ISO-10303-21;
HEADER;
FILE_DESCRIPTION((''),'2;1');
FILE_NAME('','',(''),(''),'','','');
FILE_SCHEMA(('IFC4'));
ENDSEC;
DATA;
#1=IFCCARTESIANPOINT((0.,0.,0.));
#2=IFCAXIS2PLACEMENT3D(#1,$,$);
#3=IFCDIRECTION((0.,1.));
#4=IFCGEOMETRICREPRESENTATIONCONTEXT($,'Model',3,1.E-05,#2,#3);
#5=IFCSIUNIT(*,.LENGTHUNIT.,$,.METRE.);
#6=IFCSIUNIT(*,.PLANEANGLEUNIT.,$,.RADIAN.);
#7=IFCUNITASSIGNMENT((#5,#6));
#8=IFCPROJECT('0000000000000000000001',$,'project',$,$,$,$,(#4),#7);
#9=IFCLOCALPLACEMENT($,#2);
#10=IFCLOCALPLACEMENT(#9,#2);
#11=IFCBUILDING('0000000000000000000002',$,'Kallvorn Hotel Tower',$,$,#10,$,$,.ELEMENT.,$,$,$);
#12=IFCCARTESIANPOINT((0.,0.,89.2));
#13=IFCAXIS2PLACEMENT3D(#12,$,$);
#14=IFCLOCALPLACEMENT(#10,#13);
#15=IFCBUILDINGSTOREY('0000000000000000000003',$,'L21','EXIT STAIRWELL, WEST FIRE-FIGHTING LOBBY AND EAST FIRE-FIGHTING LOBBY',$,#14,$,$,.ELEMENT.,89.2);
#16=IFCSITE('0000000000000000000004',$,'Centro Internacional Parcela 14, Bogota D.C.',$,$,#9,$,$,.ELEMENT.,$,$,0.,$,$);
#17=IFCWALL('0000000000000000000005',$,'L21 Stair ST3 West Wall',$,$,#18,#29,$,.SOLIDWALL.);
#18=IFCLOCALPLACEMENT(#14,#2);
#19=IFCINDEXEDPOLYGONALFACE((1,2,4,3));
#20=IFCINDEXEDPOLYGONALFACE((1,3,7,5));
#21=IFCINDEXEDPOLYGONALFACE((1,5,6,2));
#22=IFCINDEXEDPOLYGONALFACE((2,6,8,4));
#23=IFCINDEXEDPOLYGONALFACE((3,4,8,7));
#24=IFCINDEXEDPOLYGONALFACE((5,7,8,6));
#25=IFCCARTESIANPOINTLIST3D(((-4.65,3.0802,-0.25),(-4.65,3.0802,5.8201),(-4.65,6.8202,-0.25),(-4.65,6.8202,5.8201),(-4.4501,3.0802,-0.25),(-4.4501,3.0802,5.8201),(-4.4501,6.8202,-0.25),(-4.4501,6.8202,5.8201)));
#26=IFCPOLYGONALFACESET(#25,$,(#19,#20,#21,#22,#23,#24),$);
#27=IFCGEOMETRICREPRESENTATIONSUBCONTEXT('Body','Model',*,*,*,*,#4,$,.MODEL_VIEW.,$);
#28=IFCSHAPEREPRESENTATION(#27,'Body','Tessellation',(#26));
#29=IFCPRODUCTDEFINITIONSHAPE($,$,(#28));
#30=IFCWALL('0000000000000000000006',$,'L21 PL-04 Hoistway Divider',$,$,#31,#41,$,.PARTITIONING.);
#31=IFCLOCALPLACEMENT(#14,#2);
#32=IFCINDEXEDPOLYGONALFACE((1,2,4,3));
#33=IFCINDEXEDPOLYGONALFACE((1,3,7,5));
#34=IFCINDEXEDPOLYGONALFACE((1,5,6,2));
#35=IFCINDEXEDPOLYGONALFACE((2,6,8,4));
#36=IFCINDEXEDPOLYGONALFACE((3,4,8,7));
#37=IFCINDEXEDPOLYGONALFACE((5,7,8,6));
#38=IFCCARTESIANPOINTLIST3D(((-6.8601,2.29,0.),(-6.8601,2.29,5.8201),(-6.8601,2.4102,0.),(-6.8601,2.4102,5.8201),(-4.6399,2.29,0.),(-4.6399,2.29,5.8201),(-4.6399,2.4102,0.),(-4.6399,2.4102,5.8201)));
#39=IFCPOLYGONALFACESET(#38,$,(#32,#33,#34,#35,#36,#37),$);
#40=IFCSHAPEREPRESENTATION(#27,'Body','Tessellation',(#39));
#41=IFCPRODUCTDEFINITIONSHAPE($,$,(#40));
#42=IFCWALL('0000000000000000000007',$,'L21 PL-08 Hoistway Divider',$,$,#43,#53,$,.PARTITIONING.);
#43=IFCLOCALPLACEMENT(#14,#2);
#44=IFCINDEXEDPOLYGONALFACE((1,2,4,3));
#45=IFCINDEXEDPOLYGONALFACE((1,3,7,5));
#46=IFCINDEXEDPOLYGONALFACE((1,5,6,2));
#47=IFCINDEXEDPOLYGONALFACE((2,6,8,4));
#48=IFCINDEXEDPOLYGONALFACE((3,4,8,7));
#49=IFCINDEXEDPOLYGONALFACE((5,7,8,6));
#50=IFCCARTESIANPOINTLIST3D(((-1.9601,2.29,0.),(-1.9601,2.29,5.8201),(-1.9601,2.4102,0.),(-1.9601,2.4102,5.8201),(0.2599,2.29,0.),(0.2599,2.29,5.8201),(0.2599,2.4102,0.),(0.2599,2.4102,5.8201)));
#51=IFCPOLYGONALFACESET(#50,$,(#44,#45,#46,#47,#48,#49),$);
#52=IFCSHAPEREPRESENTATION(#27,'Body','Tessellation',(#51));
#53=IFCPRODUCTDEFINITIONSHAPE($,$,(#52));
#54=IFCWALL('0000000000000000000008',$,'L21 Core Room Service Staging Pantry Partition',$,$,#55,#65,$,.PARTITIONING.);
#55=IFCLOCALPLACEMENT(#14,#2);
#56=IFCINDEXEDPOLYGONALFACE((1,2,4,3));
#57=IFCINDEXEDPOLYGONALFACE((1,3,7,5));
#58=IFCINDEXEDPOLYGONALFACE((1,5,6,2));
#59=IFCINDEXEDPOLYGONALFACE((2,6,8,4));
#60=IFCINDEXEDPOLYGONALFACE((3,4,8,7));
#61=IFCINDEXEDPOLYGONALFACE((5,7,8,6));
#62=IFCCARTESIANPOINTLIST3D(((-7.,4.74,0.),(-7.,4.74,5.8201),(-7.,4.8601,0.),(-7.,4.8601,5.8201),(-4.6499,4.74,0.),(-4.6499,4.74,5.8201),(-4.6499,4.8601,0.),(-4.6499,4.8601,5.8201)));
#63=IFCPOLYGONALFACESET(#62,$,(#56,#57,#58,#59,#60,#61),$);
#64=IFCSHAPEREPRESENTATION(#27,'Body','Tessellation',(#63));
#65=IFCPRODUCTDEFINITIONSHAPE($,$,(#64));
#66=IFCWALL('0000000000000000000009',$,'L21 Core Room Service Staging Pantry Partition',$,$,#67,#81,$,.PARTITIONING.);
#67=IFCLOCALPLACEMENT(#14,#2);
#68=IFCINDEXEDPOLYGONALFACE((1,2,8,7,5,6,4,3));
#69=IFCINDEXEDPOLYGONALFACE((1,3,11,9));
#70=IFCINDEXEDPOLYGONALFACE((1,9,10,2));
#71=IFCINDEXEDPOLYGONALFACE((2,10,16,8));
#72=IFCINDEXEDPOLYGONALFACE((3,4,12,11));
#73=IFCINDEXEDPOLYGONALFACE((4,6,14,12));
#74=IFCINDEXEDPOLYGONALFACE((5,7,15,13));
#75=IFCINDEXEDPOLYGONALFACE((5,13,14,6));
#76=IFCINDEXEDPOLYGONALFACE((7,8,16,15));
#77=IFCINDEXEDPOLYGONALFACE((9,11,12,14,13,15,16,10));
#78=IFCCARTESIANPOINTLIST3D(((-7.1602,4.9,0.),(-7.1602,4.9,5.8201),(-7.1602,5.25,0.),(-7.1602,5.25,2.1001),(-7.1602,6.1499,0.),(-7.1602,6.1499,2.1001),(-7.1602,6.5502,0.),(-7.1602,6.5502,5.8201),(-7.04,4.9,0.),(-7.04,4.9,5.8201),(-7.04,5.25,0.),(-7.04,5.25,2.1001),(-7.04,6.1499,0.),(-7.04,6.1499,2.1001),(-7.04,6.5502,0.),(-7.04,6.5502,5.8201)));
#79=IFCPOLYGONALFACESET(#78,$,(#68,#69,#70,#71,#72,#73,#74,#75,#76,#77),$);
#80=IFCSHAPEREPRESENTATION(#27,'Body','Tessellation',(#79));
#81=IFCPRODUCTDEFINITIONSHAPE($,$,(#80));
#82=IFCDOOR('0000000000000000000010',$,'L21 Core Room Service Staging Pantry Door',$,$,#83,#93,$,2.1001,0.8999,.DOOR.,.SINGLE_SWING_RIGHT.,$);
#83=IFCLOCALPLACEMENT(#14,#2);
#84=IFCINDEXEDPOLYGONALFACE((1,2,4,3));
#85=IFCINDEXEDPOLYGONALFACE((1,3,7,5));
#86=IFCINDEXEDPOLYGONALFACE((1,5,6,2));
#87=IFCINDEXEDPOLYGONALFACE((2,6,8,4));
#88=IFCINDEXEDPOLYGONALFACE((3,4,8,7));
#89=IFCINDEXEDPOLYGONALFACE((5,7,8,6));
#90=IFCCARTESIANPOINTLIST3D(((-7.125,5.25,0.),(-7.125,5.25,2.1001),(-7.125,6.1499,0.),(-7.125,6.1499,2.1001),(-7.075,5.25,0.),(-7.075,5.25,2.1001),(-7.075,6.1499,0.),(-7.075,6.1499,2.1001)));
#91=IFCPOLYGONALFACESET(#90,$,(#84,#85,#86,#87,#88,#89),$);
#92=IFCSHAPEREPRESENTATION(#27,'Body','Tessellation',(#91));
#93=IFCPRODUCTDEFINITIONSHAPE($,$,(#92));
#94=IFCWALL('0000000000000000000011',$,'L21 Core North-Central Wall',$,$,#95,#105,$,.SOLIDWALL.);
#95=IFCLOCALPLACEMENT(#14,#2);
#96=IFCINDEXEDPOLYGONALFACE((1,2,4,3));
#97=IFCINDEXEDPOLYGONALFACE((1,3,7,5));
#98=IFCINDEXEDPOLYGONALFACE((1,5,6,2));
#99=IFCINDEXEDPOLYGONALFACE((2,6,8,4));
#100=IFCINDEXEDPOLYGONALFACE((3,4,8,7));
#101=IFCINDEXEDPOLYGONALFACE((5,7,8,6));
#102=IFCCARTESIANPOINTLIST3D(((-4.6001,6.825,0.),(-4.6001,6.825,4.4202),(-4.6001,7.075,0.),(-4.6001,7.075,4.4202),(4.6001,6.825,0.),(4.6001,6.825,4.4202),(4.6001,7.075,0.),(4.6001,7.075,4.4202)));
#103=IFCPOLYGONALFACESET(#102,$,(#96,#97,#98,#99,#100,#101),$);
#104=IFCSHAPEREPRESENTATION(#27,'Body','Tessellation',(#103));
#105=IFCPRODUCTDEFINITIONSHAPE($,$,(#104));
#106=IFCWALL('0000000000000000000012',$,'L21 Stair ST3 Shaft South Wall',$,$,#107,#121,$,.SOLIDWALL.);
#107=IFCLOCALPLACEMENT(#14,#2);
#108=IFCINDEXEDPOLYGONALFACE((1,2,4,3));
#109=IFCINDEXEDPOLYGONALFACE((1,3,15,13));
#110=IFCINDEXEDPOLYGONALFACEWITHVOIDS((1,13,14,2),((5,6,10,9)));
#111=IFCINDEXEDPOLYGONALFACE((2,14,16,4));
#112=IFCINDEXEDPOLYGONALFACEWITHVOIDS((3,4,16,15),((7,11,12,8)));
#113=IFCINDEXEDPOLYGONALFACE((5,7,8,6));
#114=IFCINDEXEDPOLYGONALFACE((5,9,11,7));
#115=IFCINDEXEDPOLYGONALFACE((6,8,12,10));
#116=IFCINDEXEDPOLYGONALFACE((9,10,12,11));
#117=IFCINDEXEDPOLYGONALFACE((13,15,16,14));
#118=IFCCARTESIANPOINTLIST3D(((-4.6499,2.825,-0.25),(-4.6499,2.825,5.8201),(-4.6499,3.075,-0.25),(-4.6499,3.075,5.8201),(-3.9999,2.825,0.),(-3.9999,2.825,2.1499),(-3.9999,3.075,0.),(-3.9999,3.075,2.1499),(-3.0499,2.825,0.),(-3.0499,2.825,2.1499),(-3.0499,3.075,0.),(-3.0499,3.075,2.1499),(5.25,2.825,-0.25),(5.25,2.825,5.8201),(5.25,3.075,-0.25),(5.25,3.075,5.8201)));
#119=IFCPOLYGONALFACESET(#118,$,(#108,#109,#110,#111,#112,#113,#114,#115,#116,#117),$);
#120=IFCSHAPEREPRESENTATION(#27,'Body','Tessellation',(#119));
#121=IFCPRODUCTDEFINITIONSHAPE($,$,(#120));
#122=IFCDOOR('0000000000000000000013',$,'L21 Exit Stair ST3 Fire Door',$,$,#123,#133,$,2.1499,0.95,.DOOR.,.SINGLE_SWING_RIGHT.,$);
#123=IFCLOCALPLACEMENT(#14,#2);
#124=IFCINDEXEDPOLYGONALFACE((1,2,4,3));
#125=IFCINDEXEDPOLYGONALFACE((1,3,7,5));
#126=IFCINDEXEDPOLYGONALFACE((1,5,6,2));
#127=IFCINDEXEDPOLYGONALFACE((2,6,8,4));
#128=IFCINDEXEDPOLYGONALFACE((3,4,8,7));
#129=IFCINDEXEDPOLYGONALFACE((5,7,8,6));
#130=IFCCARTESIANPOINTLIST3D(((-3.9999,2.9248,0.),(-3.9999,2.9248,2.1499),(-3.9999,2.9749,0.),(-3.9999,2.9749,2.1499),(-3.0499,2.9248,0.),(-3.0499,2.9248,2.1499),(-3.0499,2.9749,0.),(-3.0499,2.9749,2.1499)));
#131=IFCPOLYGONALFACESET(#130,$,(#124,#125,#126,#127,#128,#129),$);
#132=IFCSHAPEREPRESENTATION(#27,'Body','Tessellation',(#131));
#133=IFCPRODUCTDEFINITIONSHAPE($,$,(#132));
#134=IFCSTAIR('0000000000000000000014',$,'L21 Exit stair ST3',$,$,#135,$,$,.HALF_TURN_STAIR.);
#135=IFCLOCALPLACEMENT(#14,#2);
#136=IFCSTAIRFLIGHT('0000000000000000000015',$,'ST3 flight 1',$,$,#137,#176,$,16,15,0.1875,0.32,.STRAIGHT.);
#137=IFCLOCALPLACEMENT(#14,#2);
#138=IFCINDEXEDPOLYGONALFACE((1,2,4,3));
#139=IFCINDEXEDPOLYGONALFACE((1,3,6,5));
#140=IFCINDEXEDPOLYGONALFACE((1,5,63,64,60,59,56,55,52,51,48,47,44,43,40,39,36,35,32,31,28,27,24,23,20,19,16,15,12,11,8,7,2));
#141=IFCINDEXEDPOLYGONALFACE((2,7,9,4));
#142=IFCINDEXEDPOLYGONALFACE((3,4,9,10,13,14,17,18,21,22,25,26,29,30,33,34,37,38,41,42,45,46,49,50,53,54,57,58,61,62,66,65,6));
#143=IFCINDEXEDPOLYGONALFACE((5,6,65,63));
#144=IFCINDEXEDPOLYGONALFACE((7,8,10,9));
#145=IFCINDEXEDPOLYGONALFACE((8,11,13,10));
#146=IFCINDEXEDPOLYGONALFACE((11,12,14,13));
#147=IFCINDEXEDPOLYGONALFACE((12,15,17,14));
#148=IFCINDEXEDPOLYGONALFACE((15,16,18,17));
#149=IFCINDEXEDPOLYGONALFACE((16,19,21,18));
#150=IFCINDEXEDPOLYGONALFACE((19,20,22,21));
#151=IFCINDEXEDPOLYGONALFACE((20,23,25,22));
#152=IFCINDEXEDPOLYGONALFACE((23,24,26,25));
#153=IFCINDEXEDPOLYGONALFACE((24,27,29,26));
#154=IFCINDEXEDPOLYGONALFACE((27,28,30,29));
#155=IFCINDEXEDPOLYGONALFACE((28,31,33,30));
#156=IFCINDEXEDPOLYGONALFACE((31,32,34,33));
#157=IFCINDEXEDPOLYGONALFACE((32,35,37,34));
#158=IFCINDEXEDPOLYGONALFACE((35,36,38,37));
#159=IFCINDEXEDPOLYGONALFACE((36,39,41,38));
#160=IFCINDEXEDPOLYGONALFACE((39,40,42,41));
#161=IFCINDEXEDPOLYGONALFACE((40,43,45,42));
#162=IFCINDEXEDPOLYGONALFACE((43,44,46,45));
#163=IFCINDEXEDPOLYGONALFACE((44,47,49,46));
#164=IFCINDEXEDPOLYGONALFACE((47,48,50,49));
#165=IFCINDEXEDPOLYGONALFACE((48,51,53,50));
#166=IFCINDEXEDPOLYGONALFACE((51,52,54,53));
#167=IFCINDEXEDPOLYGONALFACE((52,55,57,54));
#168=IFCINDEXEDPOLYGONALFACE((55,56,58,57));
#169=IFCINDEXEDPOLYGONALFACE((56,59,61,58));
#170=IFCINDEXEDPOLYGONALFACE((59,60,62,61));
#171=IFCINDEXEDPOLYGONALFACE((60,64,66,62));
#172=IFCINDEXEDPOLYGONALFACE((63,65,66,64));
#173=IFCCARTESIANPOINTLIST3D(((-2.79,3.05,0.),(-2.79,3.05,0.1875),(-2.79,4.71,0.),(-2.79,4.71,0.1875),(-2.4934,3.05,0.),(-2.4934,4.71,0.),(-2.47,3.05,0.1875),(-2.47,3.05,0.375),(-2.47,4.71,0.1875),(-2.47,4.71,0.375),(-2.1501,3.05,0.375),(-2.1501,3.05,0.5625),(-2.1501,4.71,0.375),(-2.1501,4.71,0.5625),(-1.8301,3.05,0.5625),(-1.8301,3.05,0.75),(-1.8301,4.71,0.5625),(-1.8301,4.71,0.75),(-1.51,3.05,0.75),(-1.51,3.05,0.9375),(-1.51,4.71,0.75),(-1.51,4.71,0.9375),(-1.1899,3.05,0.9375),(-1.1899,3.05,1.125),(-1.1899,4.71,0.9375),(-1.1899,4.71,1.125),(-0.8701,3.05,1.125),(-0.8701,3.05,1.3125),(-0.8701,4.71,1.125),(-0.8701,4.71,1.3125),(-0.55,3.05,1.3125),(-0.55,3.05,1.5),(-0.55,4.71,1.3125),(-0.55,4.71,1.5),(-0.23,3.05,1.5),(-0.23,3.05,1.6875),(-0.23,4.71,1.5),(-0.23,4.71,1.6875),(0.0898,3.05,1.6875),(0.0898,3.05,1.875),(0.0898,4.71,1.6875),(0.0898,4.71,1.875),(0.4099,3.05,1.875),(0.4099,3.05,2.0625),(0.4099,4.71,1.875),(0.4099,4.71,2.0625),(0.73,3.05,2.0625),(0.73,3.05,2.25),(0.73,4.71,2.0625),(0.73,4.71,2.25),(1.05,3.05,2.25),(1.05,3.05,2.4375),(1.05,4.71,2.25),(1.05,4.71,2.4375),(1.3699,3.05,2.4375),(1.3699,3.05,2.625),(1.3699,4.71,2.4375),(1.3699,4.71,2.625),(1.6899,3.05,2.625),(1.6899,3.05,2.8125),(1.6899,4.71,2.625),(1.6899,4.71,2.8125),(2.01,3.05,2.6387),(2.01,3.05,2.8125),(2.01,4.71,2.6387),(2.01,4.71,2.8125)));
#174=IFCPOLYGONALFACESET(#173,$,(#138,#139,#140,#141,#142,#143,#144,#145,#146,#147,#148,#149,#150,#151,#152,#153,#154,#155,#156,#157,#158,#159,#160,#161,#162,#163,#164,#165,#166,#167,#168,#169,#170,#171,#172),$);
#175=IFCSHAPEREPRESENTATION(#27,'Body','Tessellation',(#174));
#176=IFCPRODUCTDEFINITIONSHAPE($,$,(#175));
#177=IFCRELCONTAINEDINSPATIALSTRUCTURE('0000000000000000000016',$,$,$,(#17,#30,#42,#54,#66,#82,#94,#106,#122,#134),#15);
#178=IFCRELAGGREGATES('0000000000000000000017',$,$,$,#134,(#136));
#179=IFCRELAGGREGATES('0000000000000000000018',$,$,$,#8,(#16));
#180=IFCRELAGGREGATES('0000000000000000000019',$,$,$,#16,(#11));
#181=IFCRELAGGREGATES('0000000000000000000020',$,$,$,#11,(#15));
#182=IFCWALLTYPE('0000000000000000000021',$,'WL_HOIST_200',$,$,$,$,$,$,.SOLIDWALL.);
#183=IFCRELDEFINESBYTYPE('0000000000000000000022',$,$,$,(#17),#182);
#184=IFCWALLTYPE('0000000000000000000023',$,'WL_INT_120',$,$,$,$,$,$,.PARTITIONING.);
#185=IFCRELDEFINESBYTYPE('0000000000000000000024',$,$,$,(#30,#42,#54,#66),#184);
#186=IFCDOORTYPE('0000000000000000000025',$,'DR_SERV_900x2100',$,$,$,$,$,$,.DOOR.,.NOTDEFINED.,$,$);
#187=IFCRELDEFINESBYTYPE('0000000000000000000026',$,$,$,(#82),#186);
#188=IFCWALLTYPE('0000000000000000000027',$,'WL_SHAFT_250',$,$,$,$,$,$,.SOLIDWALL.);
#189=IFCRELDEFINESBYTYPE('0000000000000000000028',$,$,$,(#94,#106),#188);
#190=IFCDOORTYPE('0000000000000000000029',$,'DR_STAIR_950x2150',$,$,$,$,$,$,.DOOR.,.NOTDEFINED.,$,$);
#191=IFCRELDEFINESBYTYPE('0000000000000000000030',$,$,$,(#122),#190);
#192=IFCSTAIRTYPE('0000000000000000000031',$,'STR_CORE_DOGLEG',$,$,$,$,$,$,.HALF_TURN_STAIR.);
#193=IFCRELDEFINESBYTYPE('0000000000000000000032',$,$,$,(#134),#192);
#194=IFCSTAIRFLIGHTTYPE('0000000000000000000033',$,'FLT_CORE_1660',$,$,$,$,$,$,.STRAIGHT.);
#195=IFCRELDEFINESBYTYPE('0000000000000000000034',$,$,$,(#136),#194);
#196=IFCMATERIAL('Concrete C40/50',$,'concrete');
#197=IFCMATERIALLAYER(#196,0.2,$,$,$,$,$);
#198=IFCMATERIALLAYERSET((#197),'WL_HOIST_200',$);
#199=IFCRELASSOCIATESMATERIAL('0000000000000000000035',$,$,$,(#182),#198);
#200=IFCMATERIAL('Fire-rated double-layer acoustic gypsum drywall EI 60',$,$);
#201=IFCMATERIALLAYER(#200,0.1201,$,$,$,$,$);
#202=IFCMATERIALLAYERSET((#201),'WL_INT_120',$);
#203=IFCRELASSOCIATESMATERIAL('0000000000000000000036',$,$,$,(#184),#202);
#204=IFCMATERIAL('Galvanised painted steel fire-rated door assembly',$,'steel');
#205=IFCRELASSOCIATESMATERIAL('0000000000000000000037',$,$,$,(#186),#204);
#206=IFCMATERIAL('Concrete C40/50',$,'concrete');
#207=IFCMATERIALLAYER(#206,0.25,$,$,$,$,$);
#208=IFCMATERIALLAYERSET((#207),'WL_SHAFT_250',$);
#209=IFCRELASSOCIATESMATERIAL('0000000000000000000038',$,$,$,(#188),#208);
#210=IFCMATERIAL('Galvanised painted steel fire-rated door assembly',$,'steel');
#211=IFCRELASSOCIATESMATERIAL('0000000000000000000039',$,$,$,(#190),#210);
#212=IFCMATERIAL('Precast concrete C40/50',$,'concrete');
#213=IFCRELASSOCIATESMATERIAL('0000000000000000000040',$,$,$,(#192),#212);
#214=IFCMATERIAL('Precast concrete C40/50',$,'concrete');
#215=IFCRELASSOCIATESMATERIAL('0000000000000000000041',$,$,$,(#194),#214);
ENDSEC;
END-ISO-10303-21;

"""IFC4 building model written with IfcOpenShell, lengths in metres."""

from ifc_helpers import new_model, si_unit, direction, frame, frame_2d, origin, place, context, subcontext, project, spatial, polyline, rectangle, outline, extrude, material, layer, layer_set, type_object, element, fill, aggregate, save


model = new_model("IFC4")

# Units and contexts
model_context = context("Model", 3, precision=1e-05, world=origin(), true_north=direction((0.0, 1.0)))
body_context = subcontext(model_context, "Body", "Model", "MODEL_VIEW")
ifc_project = project(units=[si_unit("LENGTHUNIT", "METRE"), si_unit("PLANEANGLEUNIT", "RADIAN")], contexts=[model_context])

# Site, building, storey
site_placement = place(None, origin())
site = spatial("IfcSite", under=ifc_project, at=site_placement, Name="Centro Internacional Parcela 14, Bogota D.C.", CompositionType="ELEMENT", RefElevation=0.0)
building_placement = place(site_placement, origin())
building = spatial("IfcBuilding", under=site, at=building_placement, Name="Kallvorn Hotel Tower", CompositionType="ELEMENT")
storey_placement = place(building_placement, frame((0.0, 0.0, 89.2)))
storey = spatial("IfcBuildingStorey", under=building, at=storey_placement, Name="L21", Description="EXIT STAIRWELL, WEST FIRE-FIGHTING LOBBY AND EAST FIRE-FIGHTING LOBBY", CompositionType="ELEMENT", Elevation=89.2)

# Walls
ifc_material_1 = material(Name="Concrete C40/50", Category="concrete")
ifc_layer_1 = layer(ifc_material_1, 0.2)
ifc_layer_set_1 = layer_set([ifc_layer_1], Name="WL_HOIST_200")
wall_type_1 = type_object("IfcWallType", Name="WL_HOIST_200", PredefinedType="SOLIDWALL", material=ifc_layer_set_1)
wall_1_placement = place(storey_placement, frame((-4.55, 3.0801, -0.25), z_axis=(0.0, 0.0, 1.0), x_axis=(0.0, 1.0, 0.0)))
element("IfcWall", 1, at=wall_1_placement, inside=storey, type_object=wall_type_1, Name="L21 Stair ST3 West Wall", PredefinedType="SOLIDWALL", context=body_context, shape_type="SweptSolid", body=[
    extrude(rectangle(XDim=3.74, YDim=0.2, at=frame_2d((1.8701, 0.0))), origin(), (0.0, 0.0, 1.0), 6.0701),
])
ifc_material_2 = material(Name="Fire-rated double-layer acoustic gypsum drywall EI 60")
ifc_layer_2 = layer(ifc_material_2, 0.1201)
ifc_layer_set_2 = layer_set([ifc_layer_2], Name="WL_INT_120")
wall_type_2 = type_object("IfcWallType", Name="WL_INT_120", PredefinedType="PARTITIONING", material=ifc_layer_set_2)
wall_2_placement = place(storey_placement, frame((-6.8601, 2.3501, 0.0), z_axis=(0.0, 0.0, 1.0), x_axis=(1.0, 0.0, 0.0)))
element("IfcWall", 2, at=wall_2_placement, inside=storey, type_object=wall_type_2, Name="L21 PL-04 Hoistway Divider", PredefinedType="PARTITIONING", context=body_context, shape_type="SweptSolid", body=[
    extrude(rectangle(XDim=2.2202, YDim=0.1201, at=frame_2d((1.1101, 0.0))), origin(), (0.0, 0.0, 1.0), 5.8201),
])
wall_3_placement = place(storey_placement, frame((-1.96, 2.3501, 0.0), z_axis=(0.0, 0.0, 1.0), x_axis=(1.0, 0.0, 0.0)))
element("IfcWall", 3, at=wall_3_placement, inside=storey, type_object=wall_type_2, Name="L21 PL-08 Hoistway Divider", PredefinedType="PARTITIONING", context=body_context, shape_type="SweptSolid", body=[
    extrude(rectangle(XDim=2.22, YDim=0.1201, at=frame_2d((1.1099, 0.0))), origin(), (0.0, 0.0, 1.0), 5.8201),
])
wall_4_placement = place(storey_placement, frame((-7.0, 4.8, 0.0), z_axis=(0.0, 0.0, 1.0), x_axis=(1.0, 0.0, 0.0)))
element("IfcWall", 4, at=wall_4_placement, inside=storey, type_object=wall_type_2, Name="L21 Core Room Service Staging Pantry Partition", PredefinedType="PARTITIONING", context=body_context, shape_type="SweptSolid", body=[
    extrude(rectangle(XDim=2.3501, YDim=0.1201, at=frame_2d((1.175, 0.0))), origin(), (0.0, 0.0, 1.0), 5.8201),
])

# Wall, opening, door
wall_5_placement = place(storey_placement, frame((-7.1001, 4.8999, 0.0), z_axis=(0.0, 0.0, 1.0), x_axis=(0.0, 1.0, 0.0)))
wall_5 = element("IfcWall", 5, at=wall_5_placement, inside=storey, type_object=wall_type_2, Name="L21 Core Room Service Staging Pantry Partition", PredefinedType="PARTITIONING", context=body_context, shape_type="SweptSolid", body=[
    extrude(rectangle(XDim=1.6501, YDim=0.1201, at=frame_2d((0.8252, 0.0))), origin(), (0.0, 0.0, 1.0), 5.8201),
])
opening_1_placement = place(wall_5_placement, frame((0.3501, 0.0, 0.0)))
opening_1 = element("IfcOpeningElement", 6, at=opening_1_placement, cuts=wall_5, PredefinedType="OPENING", context=body_context, shape_type="SweptSolid", body=[
    extrude(rectangle(XDim=0.8999, YDim=2.1001, at=frame_2d((0.45, 1.05))), frame((0.0, 0.075, 0.0), z_axis=(0.0, -1.0, 0.0), x_axis=(1.0, 0.0, 0.0)), (0.0, 0.0, 1.0), 0.1501),
])
ifc_material_3 = material(Name="Galvanised painted steel fire-rated door assembly", Category="steel")
door_type_1 = type_object("IfcDoorType", Name="DR_SERV_900x2100", OperationType="NOTDEFINED", PredefinedType="DOOR", material=ifc_material_3)
door_1_placement = place(opening_1_placement, origin())
door_1 = element("IfcDoor", 7, at=door_1_placement, inside=storey, type_object=door_type_1, Name="L21 Core Room Service Staging Pantry Door", OperationType="SINGLE_SWING_RIGHT", OverallHeight=2.1001, OverallWidth=0.8999, PredefinedType="DOOR", context=body_context, shape_type="SweptSolid", body=[
    extrude(rectangle(XDim=0.8999, YDim=2.1001, at=frame_2d((0.45, 1.05))), frame((0.0, 0.0249, 0.0), z_axis=(0.0, -1.0, 0.0), x_axis=(1.0, 0.0, 0.0)), (0.0, 0.0, 1.0), 0.05),
])
fill(opening_1, door_1)

# Wall
ifc_material_4 = material(Name="Concrete C40/50", Category="concrete")
ifc_layer_3 = layer(ifc_material_4, 0.25)
ifc_layer_set_3 = layer_set([ifc_layer_3], Name="WL_SHAFT_250")
wall_type_3 = type_object("IfcWallType", Name="WL_SHAFT_250", PredefinedType="SOLIDWALL", material=ifc_layer_set_3)
wall_6_placement = place(storey_placement, frame((-4.6001, 6.95, 0.0), z_axis=(0.0, 0.0, 1.0), x_axis=(1.0, 0.0, 0.0)))
element("IfcWall", 8, at=wall_6_placement, inside=storey, type_object=wall_type_3, Name="L21 Core North-Central Wall", PredefinedType="SOLIDWALL", context=body_context, shape_type="SweptSolid", body=[
    extrude(rectangle(XDim=9.2002, YDim=0.25, at=frame_2d((4.6001, 0.0))), origin(), (0.0, 0.0, 1.0), 4.4202),
])

# Wall, opening, door
wall_7_placement = place(storey_placement, frame((-4.6499, 2.95, -0.25), z_axis=(0.0, 0.0, 1.0), x_axis=(1.0, 0.0, 0.0)))
wall_7 = element("IfcWall", 9, at=wall_7_placement, inside=storey, type_object=wall_type_3, Name="L21 Stair ST3 Shaft South Wall", PredefinedType="SOLIDWALL", context=body_context, shape_type="SweptSolid", body=[
    extrude(rectangle(XDim=9.8999, YDim=0.25, at=frame_2d((4.95, 0.0))), origin(), (0.0, 0.0, 1.0), 6.0701),
])
opening_2_placement = place(wall_7_placement, frame((0.6499, 0.0, 0.25)))
opening_2 = element("IfcOpeningElement", 10, at=opening_2_placement, cuts=wall_7, PredefinedType="OPENING", context=body_context, shape_type="SweptSolid", body=[
    extrude(rectangle(XDim=0.95, YDim=2.1499, at=frame_2d((0.4751, 1.075))), frame((0.0, 0.1399, 0.0), z_axis=(0.0, -1.0, 0.0), x_axis=(1.0, 0.0, 0.0)), (0.0, 0.0, 1.0), 0.28),
])
ifc_material_5 = material(Name="Galvanised painted steel fire-rated door assembly", Category="steel")
door_type_2 = type_object("IfcDoorType", Name="DR_STAIR_950x2150", OperationType="NOTDEFINED", PredefinedType="DOOR", material=ifc_material_5)
door_2_placement = place(opening_2_placement, origin())
door_2 = element("IfcDoor", 11, at=door_2_placement, inside=storey, type_object=door_type_2, Name="L21 Exit Stair ST3 Fire Door", OperationType="SINGLE_SWING_RIGHT", OverallHeight=2.1499, OverallWidth=0.95, PredefinedType="DOOR", context=body_context, shape_type="SweptSolid", body=[
    extrude(rectangle(XDim=0.95, YDim=2.1499, at=frame_2d((0.4751, 1.075))), frame((0.0, 0.0249, 0.0), z_axis=(0.0, -1.0, 0.0), x_axis=(1.0, 0.0, 0.0)), (0.0, 0.0, 1.0), 0.05),
])
fill(opening_2, door_2)

# Stair, stair flight
ifc_material_6 = material(Name="Precast concrete C40/50", Category="concrete")
stair_type = type_object("IfcStairType", Name="STR_CORE_DOGLEG", PredefinedType="HALF_TURN_STAIR", material=ifc_material_6)
stair_placement = place(storey_placement, origin())
stair = element("IfcStair", 12, at=stair_placement, inside=storey, type_object=stair_type, Name="L21 Exit stair ST3", PredefinedType="HALF_TURN_STAIR")
ifc_material_7 = material(Name="Precast concrete C40/50", Category="concrete")
stair_flight_type = type_object("IfcStairFlightType", Name="FLT_CORE_1660", PredefinedType="STRAIGHT", material=ifc_material_7)
stair_flight_placement = place(storey_placement, frame((-2.79, 3.8799, 0.0), z_axis=(0.0, 0.0, 1.0), x_axis=(1.0, 0.0, 0.0)))
stair_flight = element("IfcStairFlight", 13, at=stair_flight_placement, type_object=stair_flight_type, Name="ST3 flight 1", NumberOfRisers=16, NumberOfTreads=15, PredefinedType="STRAIGHT", RiserHeight=0.1875, TreadLength=0.32, context=body_context, shape_type="SweptSolid", body=[
    extrude(outline(polyline([(0.0, 0.0), (0.0, 0.1875), (0.3201, 0.1875), (0.3201, 0.375), (0.6399, 0.375), (0.6399, 0.5625), (0.96, 0.5625), (0.96, 0.75), (1.28, 0.75), (1.28, 0.9375), (1.6001, 0.9375), (1.6001, 1.125), (1.9199, 1.125), (1.9199, 1.3125), (2.24, 1.3125), (2.24, 1.5), (2.5601, 1.5), (2.5601, 1.6875), (2.8799, 1.6875), (2.8799, 1.875), (3.2, 1.875), (3.2, 2.0625), (3.52, 2.0625), (3.52, 2.25), (3.8401, 2.25), (3.8401, 2.4375), (4.1599, 2.4375), (4.1599, 2.625), (4.48, 2.625), (4.48, 2.8125), (4.8, 2.8125), (4.8, 3.0), (4.8, 2.6387), (0.2966, 0.0), (0.0, 0.0)])), frame((0.0, 0.8301, 0.0), z_axis=(0.0, -1.0, 0.0), x_axis=(1.0, 0.0, 0.0)), (0.0, 0.0, 1.0), 1.6599),
])
aggregate(stair, [stair_flight])

save(model, "model.ifc")
